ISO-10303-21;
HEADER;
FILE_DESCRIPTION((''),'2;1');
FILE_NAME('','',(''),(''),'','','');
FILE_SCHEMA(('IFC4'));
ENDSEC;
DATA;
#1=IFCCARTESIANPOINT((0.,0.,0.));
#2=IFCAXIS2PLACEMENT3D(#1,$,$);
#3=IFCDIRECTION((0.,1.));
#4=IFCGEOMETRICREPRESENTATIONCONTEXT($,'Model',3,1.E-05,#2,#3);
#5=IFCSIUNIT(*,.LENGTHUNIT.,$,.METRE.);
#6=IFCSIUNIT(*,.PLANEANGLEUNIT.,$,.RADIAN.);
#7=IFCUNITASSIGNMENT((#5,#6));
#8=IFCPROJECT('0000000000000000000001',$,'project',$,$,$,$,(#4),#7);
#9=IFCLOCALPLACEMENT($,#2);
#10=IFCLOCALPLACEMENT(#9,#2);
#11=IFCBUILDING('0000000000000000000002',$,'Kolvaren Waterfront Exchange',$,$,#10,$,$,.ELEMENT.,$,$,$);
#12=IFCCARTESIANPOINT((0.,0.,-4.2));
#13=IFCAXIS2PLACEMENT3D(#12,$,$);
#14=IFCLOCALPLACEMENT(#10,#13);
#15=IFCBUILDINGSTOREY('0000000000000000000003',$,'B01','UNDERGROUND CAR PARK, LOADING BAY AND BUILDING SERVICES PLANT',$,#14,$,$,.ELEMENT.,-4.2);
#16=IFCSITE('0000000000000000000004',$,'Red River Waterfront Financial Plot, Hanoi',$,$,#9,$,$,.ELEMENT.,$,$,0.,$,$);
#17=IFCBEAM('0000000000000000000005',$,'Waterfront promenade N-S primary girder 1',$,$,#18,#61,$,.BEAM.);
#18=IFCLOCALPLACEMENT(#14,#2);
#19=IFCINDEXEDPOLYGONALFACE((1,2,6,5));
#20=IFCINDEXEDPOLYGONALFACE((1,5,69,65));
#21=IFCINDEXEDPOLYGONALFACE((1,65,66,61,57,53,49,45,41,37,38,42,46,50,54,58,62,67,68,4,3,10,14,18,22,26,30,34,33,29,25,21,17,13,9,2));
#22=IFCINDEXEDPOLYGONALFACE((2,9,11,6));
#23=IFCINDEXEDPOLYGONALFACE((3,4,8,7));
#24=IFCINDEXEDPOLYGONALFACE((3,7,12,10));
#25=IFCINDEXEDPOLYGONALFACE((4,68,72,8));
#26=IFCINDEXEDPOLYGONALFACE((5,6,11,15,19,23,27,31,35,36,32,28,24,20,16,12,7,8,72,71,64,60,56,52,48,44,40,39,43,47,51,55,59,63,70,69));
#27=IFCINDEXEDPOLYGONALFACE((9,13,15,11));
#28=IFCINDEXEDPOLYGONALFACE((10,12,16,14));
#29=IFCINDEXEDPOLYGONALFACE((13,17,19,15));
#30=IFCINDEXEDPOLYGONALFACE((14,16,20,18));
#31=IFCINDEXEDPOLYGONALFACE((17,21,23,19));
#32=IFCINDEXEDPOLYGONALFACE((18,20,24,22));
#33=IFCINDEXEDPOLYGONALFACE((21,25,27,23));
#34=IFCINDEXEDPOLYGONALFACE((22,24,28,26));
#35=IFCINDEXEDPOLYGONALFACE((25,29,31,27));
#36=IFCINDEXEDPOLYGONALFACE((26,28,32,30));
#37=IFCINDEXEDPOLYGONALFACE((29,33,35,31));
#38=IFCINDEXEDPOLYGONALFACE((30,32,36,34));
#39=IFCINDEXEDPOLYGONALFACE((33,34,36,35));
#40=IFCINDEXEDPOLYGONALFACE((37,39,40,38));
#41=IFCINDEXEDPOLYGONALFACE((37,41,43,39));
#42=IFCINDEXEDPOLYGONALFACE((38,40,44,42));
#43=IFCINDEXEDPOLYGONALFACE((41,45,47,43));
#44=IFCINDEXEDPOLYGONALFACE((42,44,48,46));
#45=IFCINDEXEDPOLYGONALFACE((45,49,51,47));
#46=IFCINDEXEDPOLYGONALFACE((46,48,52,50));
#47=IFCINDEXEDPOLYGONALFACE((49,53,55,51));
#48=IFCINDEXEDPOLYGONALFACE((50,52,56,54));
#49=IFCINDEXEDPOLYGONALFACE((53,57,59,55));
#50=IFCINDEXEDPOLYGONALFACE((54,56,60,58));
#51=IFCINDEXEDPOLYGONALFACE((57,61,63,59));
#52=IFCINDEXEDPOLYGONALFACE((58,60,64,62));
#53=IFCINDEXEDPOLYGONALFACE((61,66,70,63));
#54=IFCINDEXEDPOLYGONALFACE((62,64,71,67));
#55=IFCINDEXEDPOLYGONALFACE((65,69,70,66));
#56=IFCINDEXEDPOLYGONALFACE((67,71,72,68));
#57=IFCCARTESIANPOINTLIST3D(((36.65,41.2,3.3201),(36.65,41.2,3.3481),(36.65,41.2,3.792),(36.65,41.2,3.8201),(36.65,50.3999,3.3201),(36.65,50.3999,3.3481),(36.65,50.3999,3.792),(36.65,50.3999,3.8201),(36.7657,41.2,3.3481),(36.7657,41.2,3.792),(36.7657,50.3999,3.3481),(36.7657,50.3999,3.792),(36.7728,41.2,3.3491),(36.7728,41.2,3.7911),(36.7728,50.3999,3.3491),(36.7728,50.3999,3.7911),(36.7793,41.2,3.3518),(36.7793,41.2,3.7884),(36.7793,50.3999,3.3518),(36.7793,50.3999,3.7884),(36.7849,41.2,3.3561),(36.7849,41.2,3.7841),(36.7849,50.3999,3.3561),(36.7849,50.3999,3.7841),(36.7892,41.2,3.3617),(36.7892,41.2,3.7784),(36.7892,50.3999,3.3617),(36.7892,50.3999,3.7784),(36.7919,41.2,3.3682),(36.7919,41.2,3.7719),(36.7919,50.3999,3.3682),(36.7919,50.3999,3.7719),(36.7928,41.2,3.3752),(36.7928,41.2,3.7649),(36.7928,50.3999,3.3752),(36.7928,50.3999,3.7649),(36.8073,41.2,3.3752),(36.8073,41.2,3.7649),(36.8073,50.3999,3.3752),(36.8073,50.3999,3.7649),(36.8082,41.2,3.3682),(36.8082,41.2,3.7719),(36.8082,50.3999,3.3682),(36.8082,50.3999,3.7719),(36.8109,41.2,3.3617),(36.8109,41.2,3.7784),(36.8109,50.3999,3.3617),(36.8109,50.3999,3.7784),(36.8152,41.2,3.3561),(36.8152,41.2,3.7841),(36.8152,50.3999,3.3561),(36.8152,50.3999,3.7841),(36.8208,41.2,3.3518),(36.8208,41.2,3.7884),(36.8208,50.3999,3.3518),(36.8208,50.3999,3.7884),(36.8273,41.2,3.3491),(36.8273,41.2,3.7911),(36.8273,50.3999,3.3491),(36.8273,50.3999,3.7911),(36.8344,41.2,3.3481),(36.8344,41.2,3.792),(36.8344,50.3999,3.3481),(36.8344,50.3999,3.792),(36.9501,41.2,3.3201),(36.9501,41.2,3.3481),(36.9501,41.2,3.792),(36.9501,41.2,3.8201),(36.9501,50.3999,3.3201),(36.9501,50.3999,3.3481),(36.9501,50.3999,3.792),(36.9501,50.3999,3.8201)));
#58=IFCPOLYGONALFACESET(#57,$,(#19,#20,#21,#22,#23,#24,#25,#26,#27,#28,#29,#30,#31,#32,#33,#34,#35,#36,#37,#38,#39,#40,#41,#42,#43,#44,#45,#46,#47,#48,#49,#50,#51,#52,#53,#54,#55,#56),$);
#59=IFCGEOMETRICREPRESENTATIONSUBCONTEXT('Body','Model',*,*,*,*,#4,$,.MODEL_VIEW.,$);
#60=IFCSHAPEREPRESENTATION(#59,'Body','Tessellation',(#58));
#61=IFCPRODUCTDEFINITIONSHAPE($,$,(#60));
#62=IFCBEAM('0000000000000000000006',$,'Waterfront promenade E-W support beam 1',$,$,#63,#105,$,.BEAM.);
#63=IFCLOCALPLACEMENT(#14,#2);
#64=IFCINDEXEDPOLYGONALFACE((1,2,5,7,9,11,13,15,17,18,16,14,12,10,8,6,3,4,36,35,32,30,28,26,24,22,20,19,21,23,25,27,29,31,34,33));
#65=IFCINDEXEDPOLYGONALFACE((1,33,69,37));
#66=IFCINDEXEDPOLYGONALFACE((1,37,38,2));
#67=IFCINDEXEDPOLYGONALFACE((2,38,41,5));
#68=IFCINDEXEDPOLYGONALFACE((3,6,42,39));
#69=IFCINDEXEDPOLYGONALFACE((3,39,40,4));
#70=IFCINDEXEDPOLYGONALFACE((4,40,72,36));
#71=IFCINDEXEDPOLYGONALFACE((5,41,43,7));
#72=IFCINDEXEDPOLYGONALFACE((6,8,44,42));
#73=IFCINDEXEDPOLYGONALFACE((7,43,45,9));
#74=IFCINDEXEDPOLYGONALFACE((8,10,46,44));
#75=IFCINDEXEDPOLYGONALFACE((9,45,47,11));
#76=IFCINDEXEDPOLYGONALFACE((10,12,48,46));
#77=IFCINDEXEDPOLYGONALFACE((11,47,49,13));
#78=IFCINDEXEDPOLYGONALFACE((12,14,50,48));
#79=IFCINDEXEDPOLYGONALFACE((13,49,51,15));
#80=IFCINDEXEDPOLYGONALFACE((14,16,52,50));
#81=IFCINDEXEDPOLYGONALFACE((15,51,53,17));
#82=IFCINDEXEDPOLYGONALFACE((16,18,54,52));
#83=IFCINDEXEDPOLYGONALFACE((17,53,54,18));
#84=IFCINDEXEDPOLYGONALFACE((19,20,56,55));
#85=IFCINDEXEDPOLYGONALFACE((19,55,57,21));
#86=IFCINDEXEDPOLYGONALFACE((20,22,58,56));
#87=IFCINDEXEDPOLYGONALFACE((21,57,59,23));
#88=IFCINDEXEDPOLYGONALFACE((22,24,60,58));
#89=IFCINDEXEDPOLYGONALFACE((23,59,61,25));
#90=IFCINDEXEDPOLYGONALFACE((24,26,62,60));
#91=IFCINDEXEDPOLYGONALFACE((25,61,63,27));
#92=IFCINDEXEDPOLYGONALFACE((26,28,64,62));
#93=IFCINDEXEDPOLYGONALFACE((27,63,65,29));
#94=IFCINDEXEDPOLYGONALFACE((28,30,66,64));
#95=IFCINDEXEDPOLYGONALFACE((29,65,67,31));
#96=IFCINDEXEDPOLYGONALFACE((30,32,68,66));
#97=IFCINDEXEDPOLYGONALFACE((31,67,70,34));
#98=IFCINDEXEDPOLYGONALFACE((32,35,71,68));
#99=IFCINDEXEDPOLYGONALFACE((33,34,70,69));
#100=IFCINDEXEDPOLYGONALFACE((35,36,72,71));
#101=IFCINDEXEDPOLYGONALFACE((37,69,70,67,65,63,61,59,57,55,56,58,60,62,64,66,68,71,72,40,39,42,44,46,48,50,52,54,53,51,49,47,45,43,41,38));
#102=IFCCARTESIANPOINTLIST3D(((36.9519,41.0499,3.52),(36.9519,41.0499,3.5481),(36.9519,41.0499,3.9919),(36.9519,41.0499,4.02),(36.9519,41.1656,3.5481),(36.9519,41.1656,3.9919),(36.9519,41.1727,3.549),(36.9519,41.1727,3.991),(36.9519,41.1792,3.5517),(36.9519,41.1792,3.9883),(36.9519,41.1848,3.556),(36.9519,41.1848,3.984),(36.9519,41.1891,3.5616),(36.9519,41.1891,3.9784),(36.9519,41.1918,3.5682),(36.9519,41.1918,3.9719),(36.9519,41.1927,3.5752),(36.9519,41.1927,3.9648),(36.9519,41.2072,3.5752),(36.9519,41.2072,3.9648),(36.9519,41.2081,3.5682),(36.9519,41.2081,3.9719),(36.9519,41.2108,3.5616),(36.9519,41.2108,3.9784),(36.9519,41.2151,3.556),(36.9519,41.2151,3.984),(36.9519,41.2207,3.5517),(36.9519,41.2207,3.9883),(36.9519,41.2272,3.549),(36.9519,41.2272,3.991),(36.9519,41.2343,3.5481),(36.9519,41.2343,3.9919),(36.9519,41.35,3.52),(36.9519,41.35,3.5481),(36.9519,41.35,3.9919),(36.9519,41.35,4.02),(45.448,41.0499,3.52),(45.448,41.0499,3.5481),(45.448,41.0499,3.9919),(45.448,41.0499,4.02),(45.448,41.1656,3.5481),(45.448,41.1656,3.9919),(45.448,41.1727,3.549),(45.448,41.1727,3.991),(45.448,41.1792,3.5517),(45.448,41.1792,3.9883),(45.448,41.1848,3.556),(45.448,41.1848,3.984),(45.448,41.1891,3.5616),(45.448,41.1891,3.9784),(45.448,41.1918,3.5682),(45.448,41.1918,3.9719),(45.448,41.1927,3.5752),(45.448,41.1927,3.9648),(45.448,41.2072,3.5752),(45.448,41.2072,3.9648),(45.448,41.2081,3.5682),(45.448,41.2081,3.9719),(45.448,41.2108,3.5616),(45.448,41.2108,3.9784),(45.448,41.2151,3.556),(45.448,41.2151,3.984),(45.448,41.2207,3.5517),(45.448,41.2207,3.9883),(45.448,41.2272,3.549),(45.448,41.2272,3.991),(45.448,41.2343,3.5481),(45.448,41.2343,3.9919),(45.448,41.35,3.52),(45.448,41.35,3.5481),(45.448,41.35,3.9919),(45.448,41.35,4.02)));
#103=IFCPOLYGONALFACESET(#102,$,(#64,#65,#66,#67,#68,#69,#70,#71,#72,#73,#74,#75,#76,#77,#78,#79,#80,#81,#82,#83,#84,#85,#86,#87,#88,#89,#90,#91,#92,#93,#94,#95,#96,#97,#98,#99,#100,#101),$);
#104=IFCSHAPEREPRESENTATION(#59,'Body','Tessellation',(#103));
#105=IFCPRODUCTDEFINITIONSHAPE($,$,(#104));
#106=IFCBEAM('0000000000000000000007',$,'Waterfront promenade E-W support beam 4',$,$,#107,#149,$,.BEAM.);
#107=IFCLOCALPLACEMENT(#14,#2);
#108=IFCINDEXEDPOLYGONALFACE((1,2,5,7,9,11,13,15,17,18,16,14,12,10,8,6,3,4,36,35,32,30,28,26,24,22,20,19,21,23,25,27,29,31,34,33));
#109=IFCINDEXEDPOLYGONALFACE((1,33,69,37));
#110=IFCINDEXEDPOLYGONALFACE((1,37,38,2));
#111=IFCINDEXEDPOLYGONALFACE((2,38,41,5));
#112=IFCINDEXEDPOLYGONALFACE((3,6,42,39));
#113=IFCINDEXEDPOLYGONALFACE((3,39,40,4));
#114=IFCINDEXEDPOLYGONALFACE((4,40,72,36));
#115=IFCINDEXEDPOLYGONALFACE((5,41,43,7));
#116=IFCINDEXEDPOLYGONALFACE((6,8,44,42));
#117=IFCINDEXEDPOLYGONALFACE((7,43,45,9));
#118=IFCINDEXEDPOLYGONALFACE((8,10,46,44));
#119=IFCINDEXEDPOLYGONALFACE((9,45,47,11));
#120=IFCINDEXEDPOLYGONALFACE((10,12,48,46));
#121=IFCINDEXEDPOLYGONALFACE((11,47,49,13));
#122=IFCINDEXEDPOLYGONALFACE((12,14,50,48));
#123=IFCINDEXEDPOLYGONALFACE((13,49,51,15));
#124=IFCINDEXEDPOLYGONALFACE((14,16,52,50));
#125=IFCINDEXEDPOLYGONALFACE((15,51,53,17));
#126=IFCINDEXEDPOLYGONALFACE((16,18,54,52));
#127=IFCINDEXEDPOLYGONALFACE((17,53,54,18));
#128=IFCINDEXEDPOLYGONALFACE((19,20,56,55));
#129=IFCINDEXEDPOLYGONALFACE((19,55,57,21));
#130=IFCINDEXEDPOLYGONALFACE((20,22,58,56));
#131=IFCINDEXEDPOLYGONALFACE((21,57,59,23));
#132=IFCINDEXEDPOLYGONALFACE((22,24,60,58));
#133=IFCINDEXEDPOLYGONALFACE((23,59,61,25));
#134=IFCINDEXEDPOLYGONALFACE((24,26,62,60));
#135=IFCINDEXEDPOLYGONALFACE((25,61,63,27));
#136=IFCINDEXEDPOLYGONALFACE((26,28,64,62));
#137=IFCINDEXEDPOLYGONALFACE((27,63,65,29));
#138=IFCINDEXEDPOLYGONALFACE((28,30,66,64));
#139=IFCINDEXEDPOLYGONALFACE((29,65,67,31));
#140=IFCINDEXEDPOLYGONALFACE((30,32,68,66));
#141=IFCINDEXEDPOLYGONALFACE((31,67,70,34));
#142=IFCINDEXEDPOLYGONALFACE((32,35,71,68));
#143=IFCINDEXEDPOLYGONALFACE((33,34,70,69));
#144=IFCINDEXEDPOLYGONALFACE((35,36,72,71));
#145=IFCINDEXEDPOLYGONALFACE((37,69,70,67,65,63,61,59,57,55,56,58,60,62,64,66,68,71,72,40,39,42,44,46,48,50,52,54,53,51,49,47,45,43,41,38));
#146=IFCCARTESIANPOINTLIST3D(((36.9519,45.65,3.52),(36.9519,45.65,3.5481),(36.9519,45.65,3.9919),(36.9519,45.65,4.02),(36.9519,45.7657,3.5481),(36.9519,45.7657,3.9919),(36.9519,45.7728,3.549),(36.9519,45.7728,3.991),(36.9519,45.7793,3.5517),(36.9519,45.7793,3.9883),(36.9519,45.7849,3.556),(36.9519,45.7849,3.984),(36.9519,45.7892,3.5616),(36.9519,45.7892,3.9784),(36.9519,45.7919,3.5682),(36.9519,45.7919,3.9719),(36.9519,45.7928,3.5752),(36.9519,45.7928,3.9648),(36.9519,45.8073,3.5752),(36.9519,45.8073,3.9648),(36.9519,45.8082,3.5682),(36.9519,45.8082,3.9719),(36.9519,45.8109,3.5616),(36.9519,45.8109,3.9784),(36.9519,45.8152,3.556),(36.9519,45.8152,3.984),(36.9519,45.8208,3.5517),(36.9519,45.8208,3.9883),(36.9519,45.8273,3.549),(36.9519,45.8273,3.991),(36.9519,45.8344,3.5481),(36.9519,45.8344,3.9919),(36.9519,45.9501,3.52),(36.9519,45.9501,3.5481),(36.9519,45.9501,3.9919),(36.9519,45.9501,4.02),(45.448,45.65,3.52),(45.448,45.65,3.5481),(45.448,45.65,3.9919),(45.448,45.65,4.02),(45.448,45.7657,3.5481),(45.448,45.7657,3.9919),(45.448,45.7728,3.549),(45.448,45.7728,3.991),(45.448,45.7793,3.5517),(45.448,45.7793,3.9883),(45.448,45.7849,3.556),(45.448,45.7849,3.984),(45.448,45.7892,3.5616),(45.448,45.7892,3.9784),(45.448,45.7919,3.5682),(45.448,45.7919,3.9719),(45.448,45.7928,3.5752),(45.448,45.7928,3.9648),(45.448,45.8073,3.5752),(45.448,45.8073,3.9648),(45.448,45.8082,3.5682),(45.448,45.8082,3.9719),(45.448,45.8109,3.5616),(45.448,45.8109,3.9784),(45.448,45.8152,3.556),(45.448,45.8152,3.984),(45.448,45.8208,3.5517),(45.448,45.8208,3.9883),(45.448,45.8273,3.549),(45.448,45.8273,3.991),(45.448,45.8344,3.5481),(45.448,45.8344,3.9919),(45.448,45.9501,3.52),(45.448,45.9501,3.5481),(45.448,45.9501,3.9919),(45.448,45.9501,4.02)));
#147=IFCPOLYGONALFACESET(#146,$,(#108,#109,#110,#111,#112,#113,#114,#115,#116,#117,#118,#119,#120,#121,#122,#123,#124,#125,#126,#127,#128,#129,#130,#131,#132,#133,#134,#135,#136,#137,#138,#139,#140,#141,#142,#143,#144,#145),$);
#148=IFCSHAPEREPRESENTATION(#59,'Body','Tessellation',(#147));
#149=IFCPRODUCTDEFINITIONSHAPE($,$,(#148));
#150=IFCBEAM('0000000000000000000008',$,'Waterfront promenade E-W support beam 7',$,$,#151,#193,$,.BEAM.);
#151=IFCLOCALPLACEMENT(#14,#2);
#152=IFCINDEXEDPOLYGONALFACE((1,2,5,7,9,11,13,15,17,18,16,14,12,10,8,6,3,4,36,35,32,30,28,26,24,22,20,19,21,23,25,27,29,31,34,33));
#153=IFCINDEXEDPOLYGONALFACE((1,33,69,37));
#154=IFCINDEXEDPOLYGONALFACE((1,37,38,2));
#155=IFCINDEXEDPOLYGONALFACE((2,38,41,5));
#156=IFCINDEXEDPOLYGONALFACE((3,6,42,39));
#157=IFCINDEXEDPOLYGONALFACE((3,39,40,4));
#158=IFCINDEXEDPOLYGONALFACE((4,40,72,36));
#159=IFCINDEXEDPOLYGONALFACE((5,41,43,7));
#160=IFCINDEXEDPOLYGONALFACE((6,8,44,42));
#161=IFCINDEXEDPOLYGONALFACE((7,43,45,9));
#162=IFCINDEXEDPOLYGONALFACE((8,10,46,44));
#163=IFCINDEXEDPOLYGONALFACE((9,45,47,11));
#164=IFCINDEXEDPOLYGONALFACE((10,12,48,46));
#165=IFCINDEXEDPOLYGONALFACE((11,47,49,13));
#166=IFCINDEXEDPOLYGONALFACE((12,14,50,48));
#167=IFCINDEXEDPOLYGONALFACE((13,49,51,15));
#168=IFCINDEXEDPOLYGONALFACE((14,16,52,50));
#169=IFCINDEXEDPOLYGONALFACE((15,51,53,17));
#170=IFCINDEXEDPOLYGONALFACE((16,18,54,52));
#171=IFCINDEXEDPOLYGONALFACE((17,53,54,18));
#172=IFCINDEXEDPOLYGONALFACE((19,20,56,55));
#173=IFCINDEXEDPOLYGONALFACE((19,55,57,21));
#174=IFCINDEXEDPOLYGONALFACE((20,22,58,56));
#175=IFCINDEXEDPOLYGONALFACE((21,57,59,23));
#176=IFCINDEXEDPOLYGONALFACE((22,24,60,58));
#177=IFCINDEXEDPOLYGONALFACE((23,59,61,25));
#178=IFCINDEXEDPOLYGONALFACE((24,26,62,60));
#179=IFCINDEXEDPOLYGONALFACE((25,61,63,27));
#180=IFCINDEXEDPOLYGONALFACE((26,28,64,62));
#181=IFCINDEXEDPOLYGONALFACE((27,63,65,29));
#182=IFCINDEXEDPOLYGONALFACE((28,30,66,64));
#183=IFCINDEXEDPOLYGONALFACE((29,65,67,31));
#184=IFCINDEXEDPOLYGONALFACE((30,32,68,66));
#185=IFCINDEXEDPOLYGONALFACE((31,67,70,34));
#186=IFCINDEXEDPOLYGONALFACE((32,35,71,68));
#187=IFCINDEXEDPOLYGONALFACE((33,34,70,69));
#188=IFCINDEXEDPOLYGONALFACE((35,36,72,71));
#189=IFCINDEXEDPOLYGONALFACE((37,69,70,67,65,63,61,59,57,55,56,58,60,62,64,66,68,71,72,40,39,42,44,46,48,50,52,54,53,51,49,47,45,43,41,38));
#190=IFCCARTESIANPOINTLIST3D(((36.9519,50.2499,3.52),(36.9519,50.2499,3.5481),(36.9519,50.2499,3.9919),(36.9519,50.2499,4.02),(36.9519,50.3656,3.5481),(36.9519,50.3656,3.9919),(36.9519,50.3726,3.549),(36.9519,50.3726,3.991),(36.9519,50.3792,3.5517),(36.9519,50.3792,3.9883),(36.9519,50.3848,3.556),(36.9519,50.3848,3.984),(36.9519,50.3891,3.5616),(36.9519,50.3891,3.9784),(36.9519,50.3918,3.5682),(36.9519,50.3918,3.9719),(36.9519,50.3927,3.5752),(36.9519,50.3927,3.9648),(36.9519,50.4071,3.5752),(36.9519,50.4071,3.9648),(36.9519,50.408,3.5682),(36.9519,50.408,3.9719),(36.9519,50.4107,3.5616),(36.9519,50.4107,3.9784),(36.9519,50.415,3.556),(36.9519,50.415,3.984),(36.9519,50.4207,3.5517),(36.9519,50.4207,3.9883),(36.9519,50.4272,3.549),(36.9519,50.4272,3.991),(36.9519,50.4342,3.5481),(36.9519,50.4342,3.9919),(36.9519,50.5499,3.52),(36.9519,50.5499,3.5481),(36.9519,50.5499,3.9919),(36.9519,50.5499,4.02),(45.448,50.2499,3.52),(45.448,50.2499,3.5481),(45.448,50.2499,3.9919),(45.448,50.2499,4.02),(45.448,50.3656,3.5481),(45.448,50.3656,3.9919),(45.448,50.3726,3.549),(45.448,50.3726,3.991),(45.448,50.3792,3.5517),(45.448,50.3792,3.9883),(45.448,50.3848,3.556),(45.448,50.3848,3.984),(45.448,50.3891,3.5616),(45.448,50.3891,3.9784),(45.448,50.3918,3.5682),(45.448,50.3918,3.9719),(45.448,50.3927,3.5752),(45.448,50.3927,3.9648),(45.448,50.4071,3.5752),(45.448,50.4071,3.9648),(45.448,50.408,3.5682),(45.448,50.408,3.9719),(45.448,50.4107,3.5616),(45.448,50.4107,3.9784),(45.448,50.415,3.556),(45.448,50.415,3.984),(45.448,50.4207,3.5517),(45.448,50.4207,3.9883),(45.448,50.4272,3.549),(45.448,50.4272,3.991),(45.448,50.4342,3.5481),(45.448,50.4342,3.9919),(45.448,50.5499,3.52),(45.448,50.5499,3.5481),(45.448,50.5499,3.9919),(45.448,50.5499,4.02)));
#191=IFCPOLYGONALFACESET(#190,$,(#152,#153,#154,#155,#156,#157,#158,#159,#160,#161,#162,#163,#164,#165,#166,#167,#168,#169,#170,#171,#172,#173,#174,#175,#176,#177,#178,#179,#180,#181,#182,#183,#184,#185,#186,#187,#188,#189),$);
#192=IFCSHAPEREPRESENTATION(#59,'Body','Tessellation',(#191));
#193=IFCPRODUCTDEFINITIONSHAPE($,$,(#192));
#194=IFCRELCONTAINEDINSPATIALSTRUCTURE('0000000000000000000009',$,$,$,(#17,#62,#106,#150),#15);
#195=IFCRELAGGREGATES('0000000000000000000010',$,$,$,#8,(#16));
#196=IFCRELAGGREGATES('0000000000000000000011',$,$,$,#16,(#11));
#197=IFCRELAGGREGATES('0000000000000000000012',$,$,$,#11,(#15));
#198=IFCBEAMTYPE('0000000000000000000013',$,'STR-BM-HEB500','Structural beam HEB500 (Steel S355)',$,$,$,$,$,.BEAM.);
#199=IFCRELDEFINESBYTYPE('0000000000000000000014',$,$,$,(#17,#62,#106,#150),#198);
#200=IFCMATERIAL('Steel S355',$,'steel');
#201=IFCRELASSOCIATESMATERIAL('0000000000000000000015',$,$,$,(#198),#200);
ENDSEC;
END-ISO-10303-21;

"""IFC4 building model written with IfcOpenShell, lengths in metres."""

from ifc_helpers import new_model, si_unit, direction, frame, origin, origin_2d, place, context, subcontext, project, spatial, i_section, extrude, material, material_profile, profile_set, type_object, element, save


model = new_model("IFC4")

# Units and contexts
model_context = context("Model", 3, precision=1e-05, world=origin(), true_north=direction((0.0, 1.0)))
body_context = subcontext(model_context, "Body", "Model", "MODEL_VIEW")
ifc_project = project(units=[si_unit("LENGTHUNIT", "METRE"), si_unit("PLANEANGLEUNIT", "RADIAN")], contexts=[model_context])

# Site, building, storey
site_placement = place(None, origin())
site = spatial("IfcSite", under=ifc_project, at=site_placement, Name="Red River Waterfront Financial Plot, Hanoi", CompositionType="ELEMENT", RefElevation=0.0)
building_placement = place(site_placement, origin())
building = spatial("IfcBuilding", under=site, at=building_placement, Name="Kolvaren Waterfront Exchange", CompositionType="ELEMENT")
storey_placement = place(building_placement, frame((0.0, 0.0, -4.2)))
storey = spatial("IfcBuildingStorey", under=building, at=storey_placement, Name="B01", Description="UNDERGROUND CAR PARK, LOADING BAY AND BUILDING SERVICES PLANT", CompositionType="ELEMENT", Elevation=-4.2)

# Beams
ifc_material_1 = material(Name="Steel S355", Category="steel")
ifc_material_profile_1 = material_profile(ifc_material_1, i_section(OverallWidth=0.3, OverallDepth=0.5, WebThickness=0.0144, FlangeThickness=0.0281, FilletRadius=0.0271, at=origin_2d()), Name="HEB500")
ifc_profile_set_1 = profile_set([ifc_material_profile_1], Name="Steel S355")
beam_type_1 = type_object("IfcBeamType", Name="STR-BM-HEB500", Description="Structural beam HEB500 (Steel S355)", PredefinedType="BEAM", material=ifc_profile_set_1)
beam_1_placement = place(storey_placement, frame((36.8, 41.2, 3.5701), z_axis=(0.0, 1.0, 0.0), x_axis=(-1.0, 0.0, 0.0)))
element("IfcBeam", 1, at=beam_1_placement, inside=storey, type_object=beam_type_1, Name="Waterfront promenade N-S primary girder 1", PredefinedType="BEAM", context=body_context, shape_type="SweptSolid", body=[
    extrude(i_section(OverallWidth=0.3, OverallDepth=0.5, WebThickness=0.0144, FlangeThickness=0.0281, FilletRadius=0.0271, at=origin_2d()), origin(), (0.0, 0.0, 1.0), 9.2),
])
for number, where, z_axis, x_axis, name in (
    (2, (36.9519, 41.2, 3.77), (1.0, 0.0, 0.0), (0.0, 1.0, 0.0), "Waterfront promenade E-W support beam 1"),
    (3, (36.9519, 45.8, 3.77), (1.0, 0.0, 0.0), (0.0, 1.0, 0.0), "Waterfront promenade E-W support beam 4"),
    (4, (36.9519, 50.3999, 3.77), (1.0, 0.0, 0.0), (0.0, 1.0, 0.0), "Waterfront promenade E-W support beam 7"),
):
    element("IfcBeam", number, at=place(storey_placement, frame(where, z_axis=z_axis, x_axis=x_axis)), inside=storey, type_object=beam_type_1, Name=name, PredefinedType="BEAM", context=body_context, shape_type="SweptSolid", body=[
        extrude(i_section(OverallWidth=0.3, OverallDepth=0.5, WebThickness=0.0144, FlangeThickness=0.0281, FilletRadius=0.0271, at=origin_2d()), origin(), (0.0, 0.0, 1.0), 8.4961),
    ])

save(model, "model.ifc")
